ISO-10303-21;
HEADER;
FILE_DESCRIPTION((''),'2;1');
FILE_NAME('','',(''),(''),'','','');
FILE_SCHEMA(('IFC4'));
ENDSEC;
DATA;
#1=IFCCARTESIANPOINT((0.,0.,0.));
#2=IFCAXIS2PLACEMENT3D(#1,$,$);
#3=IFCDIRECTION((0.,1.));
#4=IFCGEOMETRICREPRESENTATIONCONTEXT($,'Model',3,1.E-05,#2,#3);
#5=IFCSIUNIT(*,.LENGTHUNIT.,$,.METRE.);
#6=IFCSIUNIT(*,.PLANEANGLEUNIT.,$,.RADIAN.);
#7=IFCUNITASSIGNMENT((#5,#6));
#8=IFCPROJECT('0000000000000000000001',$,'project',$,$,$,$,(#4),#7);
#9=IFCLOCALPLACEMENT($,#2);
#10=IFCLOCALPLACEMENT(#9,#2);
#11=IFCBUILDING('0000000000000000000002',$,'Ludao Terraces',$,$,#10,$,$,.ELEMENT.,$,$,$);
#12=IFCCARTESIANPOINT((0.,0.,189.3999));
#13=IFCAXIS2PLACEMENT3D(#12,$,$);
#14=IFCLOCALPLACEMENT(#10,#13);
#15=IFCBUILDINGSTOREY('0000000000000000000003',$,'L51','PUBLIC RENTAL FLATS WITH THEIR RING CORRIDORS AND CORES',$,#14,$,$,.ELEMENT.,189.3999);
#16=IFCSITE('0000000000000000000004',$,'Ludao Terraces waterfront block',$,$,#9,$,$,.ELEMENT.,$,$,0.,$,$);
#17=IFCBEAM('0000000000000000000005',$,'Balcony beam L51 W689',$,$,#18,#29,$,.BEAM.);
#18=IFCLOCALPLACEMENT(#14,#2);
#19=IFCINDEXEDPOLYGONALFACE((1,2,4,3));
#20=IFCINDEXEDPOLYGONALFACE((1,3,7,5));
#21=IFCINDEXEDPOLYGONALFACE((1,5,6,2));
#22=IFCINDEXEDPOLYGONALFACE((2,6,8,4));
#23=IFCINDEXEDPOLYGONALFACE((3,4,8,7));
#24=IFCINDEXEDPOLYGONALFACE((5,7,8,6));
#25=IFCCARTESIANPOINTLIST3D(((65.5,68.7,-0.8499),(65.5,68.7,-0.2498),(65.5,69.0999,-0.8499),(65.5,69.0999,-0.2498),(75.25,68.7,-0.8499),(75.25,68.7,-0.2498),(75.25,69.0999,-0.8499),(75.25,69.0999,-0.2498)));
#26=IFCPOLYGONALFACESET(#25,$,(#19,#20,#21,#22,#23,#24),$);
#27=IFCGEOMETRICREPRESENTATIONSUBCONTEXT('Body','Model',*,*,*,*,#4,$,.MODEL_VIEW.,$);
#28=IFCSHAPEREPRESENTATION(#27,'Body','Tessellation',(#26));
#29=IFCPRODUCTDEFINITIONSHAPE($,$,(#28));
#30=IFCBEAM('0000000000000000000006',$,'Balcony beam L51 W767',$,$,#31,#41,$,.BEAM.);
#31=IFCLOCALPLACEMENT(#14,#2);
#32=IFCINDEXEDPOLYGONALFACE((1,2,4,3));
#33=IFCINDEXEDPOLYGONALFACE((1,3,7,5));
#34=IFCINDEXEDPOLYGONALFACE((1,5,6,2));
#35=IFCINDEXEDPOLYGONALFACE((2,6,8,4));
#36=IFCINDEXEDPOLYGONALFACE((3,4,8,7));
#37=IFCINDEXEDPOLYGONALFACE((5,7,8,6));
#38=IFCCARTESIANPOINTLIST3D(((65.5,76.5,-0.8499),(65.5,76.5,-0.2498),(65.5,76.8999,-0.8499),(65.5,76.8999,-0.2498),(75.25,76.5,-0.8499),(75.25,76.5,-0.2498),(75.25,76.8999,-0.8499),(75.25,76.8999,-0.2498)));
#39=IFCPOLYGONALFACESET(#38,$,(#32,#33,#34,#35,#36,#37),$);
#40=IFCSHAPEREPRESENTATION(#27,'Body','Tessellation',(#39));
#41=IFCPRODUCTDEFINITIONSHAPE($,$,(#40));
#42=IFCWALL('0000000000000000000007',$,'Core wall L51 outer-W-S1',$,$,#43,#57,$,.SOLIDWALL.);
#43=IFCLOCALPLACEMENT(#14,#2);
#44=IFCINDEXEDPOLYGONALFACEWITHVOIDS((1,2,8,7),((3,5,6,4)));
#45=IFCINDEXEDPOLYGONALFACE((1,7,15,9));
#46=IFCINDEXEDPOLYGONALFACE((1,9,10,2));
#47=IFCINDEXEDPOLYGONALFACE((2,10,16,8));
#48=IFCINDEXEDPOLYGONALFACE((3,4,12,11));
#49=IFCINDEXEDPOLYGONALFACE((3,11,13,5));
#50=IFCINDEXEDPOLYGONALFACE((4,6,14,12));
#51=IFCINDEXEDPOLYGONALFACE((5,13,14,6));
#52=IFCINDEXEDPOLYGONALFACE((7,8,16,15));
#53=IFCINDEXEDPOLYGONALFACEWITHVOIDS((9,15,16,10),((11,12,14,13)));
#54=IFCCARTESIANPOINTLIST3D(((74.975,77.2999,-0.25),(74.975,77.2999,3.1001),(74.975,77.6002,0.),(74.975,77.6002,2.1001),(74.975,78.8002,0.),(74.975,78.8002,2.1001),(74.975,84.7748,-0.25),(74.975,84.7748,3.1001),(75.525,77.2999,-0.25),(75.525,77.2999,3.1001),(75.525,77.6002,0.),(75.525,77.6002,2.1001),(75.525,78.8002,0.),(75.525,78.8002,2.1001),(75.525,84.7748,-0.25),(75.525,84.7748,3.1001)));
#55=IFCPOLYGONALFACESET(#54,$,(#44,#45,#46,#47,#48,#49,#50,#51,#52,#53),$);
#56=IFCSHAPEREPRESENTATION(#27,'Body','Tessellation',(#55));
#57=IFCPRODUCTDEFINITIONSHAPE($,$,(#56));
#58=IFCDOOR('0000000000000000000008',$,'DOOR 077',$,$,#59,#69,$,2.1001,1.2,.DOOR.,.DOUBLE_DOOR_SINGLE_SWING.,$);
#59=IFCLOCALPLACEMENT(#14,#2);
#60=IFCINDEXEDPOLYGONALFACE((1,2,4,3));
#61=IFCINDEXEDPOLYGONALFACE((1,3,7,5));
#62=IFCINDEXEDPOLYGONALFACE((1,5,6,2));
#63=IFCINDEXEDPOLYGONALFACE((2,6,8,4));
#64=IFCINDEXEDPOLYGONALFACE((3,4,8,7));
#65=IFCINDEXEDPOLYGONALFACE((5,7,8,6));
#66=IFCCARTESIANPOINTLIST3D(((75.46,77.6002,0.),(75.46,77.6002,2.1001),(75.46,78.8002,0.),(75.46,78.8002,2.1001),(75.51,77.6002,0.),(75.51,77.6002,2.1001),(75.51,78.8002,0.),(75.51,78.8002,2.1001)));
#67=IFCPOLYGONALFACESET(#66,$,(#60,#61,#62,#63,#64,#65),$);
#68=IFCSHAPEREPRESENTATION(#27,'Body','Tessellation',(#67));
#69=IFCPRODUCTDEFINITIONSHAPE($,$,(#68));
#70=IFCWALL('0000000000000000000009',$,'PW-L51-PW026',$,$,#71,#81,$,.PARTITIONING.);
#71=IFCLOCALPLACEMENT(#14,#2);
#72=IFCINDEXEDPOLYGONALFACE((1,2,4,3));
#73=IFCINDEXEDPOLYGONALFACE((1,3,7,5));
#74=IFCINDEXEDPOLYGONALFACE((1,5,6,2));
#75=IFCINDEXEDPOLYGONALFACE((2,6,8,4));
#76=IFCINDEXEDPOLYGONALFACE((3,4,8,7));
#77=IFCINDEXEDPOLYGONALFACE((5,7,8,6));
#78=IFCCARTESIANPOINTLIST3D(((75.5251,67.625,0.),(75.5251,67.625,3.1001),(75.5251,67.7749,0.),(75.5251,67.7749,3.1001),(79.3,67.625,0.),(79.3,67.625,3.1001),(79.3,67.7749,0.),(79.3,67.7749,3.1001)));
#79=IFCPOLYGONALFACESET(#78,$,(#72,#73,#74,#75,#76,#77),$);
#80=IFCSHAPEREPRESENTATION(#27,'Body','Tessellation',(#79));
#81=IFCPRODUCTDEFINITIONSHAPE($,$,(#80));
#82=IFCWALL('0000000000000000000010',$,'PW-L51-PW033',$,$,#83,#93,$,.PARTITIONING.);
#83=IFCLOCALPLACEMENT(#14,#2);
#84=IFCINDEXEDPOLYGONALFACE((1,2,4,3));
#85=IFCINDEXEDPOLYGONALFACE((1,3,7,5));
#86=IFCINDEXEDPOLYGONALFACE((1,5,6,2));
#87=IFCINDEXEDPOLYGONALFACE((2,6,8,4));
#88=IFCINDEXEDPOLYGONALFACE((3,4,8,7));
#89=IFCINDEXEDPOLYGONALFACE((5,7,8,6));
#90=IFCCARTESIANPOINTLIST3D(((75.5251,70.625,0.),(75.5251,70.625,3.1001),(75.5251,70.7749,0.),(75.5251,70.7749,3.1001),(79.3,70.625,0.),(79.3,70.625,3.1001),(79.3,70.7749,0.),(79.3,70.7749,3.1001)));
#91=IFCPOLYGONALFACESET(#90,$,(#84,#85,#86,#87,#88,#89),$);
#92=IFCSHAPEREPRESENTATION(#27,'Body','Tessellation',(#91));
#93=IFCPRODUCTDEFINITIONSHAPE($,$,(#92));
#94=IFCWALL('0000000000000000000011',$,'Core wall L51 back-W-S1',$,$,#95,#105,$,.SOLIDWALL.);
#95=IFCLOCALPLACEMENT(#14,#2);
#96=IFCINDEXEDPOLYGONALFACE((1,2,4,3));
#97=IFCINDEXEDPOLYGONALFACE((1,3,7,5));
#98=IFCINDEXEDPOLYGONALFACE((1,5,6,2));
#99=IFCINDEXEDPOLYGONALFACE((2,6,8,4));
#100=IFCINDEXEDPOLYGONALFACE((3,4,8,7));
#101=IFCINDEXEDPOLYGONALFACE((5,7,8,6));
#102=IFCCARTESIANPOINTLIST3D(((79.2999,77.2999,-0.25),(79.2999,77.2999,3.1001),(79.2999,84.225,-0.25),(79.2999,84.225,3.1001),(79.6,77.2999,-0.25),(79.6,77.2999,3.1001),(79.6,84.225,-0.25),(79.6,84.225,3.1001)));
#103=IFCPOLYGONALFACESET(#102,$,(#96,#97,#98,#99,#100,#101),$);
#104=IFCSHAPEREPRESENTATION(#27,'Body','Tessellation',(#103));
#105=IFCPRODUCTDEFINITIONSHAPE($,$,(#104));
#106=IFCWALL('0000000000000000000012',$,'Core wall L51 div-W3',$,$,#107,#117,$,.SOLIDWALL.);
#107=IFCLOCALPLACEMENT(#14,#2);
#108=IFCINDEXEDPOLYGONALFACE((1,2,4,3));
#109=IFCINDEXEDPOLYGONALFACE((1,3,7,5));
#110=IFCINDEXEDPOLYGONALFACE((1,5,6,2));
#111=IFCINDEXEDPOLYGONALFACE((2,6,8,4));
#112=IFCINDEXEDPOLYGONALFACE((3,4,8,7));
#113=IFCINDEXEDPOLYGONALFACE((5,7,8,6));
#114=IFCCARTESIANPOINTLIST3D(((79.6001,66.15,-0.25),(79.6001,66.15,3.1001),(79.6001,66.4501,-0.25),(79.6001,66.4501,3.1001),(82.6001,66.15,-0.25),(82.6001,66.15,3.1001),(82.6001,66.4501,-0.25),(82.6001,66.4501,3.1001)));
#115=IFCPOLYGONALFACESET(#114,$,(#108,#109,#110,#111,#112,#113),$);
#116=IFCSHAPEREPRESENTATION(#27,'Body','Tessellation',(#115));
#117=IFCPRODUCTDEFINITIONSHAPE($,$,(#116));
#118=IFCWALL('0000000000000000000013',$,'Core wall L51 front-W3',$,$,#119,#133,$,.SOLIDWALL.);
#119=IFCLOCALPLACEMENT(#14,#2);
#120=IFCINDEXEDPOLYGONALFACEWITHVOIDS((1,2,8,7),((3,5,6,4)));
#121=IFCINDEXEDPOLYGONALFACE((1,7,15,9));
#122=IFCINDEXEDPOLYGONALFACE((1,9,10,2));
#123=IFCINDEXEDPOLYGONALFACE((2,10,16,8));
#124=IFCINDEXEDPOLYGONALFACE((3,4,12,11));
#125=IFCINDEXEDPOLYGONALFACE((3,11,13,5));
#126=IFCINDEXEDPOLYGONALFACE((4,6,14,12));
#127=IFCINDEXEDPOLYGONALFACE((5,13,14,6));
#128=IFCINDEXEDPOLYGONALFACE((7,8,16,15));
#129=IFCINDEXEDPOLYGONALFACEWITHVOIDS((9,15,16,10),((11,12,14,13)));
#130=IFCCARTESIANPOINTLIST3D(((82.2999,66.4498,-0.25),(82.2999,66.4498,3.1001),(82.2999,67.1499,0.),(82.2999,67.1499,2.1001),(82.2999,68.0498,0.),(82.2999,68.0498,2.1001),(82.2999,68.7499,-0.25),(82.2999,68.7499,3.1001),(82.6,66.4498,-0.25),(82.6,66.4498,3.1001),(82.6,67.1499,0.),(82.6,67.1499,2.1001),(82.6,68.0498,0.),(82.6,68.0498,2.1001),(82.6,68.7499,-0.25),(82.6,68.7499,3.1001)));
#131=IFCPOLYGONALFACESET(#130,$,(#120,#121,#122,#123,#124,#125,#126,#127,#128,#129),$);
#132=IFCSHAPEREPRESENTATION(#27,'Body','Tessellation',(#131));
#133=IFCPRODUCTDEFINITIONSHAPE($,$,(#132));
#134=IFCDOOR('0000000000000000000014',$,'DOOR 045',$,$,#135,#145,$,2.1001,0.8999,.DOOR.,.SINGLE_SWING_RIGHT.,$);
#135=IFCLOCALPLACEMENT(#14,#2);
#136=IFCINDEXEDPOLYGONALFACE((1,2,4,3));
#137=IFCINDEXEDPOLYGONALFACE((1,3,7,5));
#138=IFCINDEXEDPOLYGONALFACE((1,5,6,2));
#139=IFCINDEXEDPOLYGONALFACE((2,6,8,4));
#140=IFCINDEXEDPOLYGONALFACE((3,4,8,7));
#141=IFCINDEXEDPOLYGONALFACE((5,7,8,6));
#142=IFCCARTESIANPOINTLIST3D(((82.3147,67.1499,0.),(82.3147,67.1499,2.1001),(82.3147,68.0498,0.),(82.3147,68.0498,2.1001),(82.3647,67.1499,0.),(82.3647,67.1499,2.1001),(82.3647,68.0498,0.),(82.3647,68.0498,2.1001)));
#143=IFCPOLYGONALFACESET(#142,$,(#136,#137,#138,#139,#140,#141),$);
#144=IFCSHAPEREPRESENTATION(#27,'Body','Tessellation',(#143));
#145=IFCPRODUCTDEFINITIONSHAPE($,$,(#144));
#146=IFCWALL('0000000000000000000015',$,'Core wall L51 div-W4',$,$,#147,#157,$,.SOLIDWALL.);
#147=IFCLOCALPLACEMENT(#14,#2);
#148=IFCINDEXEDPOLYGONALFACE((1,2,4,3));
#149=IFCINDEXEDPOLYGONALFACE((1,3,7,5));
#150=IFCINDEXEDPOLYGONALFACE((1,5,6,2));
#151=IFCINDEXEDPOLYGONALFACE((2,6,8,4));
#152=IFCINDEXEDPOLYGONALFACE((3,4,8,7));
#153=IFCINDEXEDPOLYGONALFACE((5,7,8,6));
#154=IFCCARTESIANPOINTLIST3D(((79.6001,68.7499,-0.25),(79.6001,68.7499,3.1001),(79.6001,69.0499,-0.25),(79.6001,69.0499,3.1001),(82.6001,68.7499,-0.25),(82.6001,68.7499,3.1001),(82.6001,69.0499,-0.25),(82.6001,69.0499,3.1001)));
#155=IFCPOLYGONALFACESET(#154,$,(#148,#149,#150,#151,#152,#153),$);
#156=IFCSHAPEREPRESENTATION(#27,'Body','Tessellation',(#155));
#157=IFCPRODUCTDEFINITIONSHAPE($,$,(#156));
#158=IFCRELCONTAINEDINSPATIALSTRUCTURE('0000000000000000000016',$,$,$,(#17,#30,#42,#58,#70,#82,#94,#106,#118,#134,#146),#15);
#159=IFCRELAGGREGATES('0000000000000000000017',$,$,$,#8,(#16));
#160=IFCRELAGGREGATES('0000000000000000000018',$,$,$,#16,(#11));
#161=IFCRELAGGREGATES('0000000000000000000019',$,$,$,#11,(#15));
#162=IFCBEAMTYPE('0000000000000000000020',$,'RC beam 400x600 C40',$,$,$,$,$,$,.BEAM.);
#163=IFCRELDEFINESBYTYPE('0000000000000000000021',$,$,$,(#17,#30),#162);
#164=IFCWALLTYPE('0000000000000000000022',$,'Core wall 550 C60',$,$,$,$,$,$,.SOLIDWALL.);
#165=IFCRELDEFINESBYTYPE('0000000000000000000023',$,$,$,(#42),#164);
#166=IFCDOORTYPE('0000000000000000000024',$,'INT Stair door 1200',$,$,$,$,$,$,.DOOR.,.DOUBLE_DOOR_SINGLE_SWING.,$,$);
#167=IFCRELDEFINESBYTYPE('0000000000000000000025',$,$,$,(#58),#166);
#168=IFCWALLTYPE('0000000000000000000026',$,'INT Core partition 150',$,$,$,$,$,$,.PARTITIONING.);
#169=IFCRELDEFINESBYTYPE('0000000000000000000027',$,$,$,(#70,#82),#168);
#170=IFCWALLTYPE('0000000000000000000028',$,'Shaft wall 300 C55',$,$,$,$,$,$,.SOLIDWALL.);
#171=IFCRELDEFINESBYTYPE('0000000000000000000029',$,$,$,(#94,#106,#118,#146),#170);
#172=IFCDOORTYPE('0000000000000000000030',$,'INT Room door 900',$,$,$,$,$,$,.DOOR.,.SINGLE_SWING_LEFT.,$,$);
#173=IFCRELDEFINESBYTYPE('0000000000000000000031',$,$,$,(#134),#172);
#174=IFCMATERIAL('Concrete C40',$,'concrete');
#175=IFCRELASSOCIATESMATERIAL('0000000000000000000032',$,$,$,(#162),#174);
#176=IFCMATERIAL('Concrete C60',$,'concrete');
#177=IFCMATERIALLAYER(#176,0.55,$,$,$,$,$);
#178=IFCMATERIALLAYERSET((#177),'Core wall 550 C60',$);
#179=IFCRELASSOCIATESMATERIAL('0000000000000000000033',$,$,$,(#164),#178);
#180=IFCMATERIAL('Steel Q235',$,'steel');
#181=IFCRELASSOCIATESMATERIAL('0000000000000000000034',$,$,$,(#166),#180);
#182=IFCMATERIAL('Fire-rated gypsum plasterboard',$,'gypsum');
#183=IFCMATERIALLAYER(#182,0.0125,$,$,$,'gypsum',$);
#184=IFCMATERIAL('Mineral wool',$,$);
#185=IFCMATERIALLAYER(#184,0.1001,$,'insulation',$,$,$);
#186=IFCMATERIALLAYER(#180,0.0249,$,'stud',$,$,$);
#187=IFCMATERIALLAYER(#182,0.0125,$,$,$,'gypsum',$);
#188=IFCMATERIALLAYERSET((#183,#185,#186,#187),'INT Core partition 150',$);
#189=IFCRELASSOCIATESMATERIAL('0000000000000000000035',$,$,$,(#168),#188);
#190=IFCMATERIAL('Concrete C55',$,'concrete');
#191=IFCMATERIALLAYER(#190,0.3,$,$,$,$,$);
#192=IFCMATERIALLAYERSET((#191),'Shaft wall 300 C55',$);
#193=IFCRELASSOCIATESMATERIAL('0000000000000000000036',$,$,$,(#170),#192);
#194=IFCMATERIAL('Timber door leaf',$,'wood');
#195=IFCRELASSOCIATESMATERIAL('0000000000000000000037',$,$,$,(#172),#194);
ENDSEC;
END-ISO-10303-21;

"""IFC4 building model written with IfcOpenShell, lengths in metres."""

from ifc_helpers import new_model, si_unit, direction, frame, frame_2d, origin, origin_2d, place, context, subcontext, project, spatial, rectangle, extrude, material, layer, layer_set, material_profile, profile_set, type_object, element, fill, save


model = new_model("IFC4")

# Units and contexts
model_context = context("Model", 3, precision=1e-05, world=origin(), true_north=direction((0.0, 1.0)))
body_context = subcontext(model_context, "Body", "Model", "MODEL_VIEW")
ifc_project = project(units=[si_unit("LENGTHUNIT", "METRE"), si_unit("PLANEANGLEUNIT", "RADIAN")], contexts=[model_context])

# Site, building, storey
site_placement = place(None, origin())
site = spatial("IfcSite", under=ifc_project, at=site_placement, Name="Ludao Terraces waterfront block", CompositionType="ELEMENT", RefElevation=0.0)
building_placement = place(site_placement, origin())
building = spatial("IfcBuilding", under=site, at=building_placement, Name="Ludao Terraces", CompositionType="ELEMENT")
storey_placement = place(building_placement, frame((0.0, 0.0, 189.3999)))
storey = spatial("IfcBuildingStorey", under=building, at=storey_placement, Name="L51", Description="PUBLIC RENTAL FLATS WITH THEIR RING CORRIDORS AND CORES", CompositionType="ELEMENT", Elevation=189.3999)

# Beams
ifc_material_1 = material(Name="Concrete C40", Category="concrete")
ifc_material_profile = material_profile(ifc_material_1, rectangle(XDim=0.3999, YDim=0.6001, at=origin_2d()), Name="400 X 600")
ifc_profile_set = profile_set([ifc_material_profile], Name="Concrete C40")
beam_type = type_object("IfcBeamType", Name="RC beam 400x600 C40", PredefinedType="BEAM", material=ifc_profile_set)
for number, where, z_axis, x_axis, name in (
    (1, (75.25, 68.8999, -0.5498), (-1.0, 0.0, 0.0), (0.0, -1.0, 0.0), "Balcony beam L51 W689"),
    (2, (75.25, 76.7, -0.5498), (-1.0, 0.0, 0.0), (0.0, -1.0, 0.0), "Balcony beam L51 W767"),
):
    element("IfcBeam", number, at=place(storey_placement, frame(where, z_axis=z_axis, x_axis=x_axis)), inside=storey, type_object=beam_type, Name=name, PredefinedType="BEAM", context=body_context, shape_type="SweptSolid", body=[
        extrude(rectangle(XDim=0.3999, YDim=0.6001, at=origin_2d()), origin(), (0.0, 0.0, 1.0), 9.75),
    ])

# Wall, opening, door
ifc_material_2 = material(Name="Concrete C60", Category="concrete")
ifc_layer_1 = layer(ifc_material_2, 0.55)
ifc_layer_set_1 = layer_set([ifc_layer_1], Name="Core wall 550 C60")
wall_type_1 = type_object("IfcWallType", Name="Core wall 550 C60", PredefinedType="SOLIDWALL", material=ifc_layer_set_1)
wall_1_placement = place(storey_placement, frame((75.25, 77.3, -0.25), z_axis=(0.0, 0.0, 1.0), x_axis=(0.0, 1.0, 0.0)))
wall_1 = element("IfcWall", 3, at=wall_1_placement, inside=storey, type_object=wall_type_1, Name="Core wall L51 outer-W-S1", PredefinedType="SOLIDWALL", context=body_context, shape_type="SweptSolid", body=[
    extrude(rectangle(XDim=7.4749, YDim=0.55, at=frame_2d((3.7373, 0.0))), origin(), (0.0, 0.0, 1.0), 3.3501),
])
opening_1_placement = place(wall_1_placement, frame((0.3, 0.0, 0.25)))
opening_1 = element("IfcOpeningElement", 4, at=opening_1_placement, cuts=wall_1, PredefinedType="OPENING", context=body_context, shape_type="SweptSolid", body=[
    extrude(rectangle(XDim=1.2, YDim=2.1001, at=frame_2d((0.6001, 1.05))), frame((0.0, 0.2852, 0.0), z_axis=(0.0, -1.0, 0.0), x_axis=(1.0, 0.0, 0.0)), (0.0, 0.0, 1.0), 0.5701),
])
ifc_material_3 = material(Name="Steel Q235", Category="steel")
door_type_1 = type_object("IfcDoorType", Name="INT Stair door 1200", OperationType="DOUBLE_DOOR_SINGLE_SWING", PredefinedType="DOOR", material=ifc_material_3)
door_1_placement = place(opening_1_placement, origin())
door_1 = element("IfcDoor", 5, at=door_1_placement, inside=storey, type_object=door_type_1, Name="DOOR 077", OperationType="DOUBLE_DOOR_SINGLE_SWING", OverallHeight=2.1001, OverallWidth=1.2, PredefinedType="DOOR", context=body_context, shape_type="SweptSolid", body=[
    extrude(rectangle(XDim=1.2, YDim=2.1001, at=frame_2d((0.6001, 1.05))), frame((0.0, -0.21, 0.0), z_axis=(0.0, -1.0, 0.0), x_axis=(1.0, 0.0, 0.0)), (0.0, 0.0, 1.0), 0.05),
])
fill(opening_1, door_1)

# Walls
ifc_material_4 = material(Name="Fire-rated gypsum plasterboard", Category="gypsum")
ifc_layer_2 = layer(ifc_material_4, 0.0125, Category="gypsum")
ifc_material_5 = material(Name="Mineral wool")
ifc_layer_3 = layer(ifc_material_5, 0.1001, Name="insulation")
ifc_layer_4 = layer(ifc_material_3, 0.0249, Name="stud")
ifc_layer_5 = layer(ifc_material_4, 0.0125, Category="gypsum")
ifc_layer_set_2 = layer_set([ifc_layer_2, ifc_layer_3, ifc_layer_4, ifc_layer_5], Name="INT Core partition 150")
wall_type_2 = type_object("IfcWallType", Name="INT Core partition 150", PredefinedType="PARTITIONING", material=ifc_layer_set_2)
for number, where, z_axis, x_axis, name in (
    (6, (75.5251, 67.7, 0.0), (0.0, 0.0, 1.0), (1.0, 0.0, 0.0), "PW-L51-PW026"),
    (7, (75.5251, 70.7, 0.0), (0.0, 0.0, 1.0), (1.0, 0.0, 0.0), "PW-L51-PW033"),
):
    element("IfcWall", number, at=place(storey_placement, frame(where, z_axis=z_axis, x_axis=x_axis)), inside=storey, type_object=wall_type_2, Name=name, PredefinedType="PARTITIONING", context=body_context, shape_type="SweptSolid", body=[
        extrude(rectangle(XDim=3.7749, YDim=0.1499, at=frame_2d((1.8875, 0.0))), origin(), (0.0, 0.0, 1.0), 3.1001),
    ])
ifc_material_6 = material(Name="Concrete C55", Category="concrete")
ifc_layer_6 = layer(ifc_material_6, 0.3)
ifc_layer_set_3 = layer_set([ifc_layer_6], Name="Shaft wall 300 C55")
wall_type_3 = type_object("IfcWallType", Name="Shaft wall 300 C55", PredefinedType="SOLIDWALL", material=ifc_layer_set_3)
wall_2_placement = place(storey_placement, frame((79.45, 77.3, -0.25), z_axis=(0.0, 0.0, 1.0), x_axis=(0.0, 1.0, 0.0)))
element("IfcWall", 8, at=wall_2_placement, inside=storey, type_object=wall_type_3, Name="Core wall L51 back-W-S1", PredefinedType="SOLIDWALL", context=body_context, shape_type="SweptSolid", body=[
    extrude(rectangle(XDim=6.925, YDim=0.3, at=frame_2d((3.4624, 0.0))), origin(), (0.0, 0.0, 1.0), 3.3501),
])
wall_3_placement = place(storey_placement, frame((79.6001, 66.3, -0.25), z_axis=(0.0, 0.0, 1.0), x_axis=(1.0, 0.0, 0.0)))
element("IfcWall", 9, at=wall_3_placement, inside=storey, type_object=wall_type_3, Name="Core wall L51 div-W3", PredefinedType="SOLIDWALL", context=body_context, shape_type="SweptSolid", body=[
    extrude(rectangle(XDim=3.0, YDim=0.3, at=frame_2d((1.5, 0.0))), origin(), (0.0, 0.0, 1.0), 3.3501),
])

# Wall, opening, door
wall_4_placement = place(storey_placement, frame((82.45, 66.45, -0.25), z_axis=(0.0, 0.0, 1.0), x_axis=(0.0, 1.0, 0.0)))
wall_4 = element("IfcWall", 10, at=wall_4_placement, inside=storey, type_object=wall_type_3, Name="Core wall L51 front-W3", PredefinedType="SOLIDWALL", context=body_context, shape_type="SweptSolid", body=[
    extrude(rectangle(XDim=2.3, YDim=0.3, at=frame_2d((1.1499, 0.0))), origin(), (0.0, 0.0, 1.0), 3.3501),
])
opening_2_placement = place(wall_4_placement, frame((0.7, 0.0, 0.25)))
opening_2 = element("IfcOpeningElement", 11, at=opening_2_placement, cuts=wall_4, PredefinedType="OPENING", context=body_context, shape_type="SweptSolid", body=[
    extrude(rectangle(XDim=0.8999, YDim=2.1001, at=frame_2d((0.45, 1.05))), frame((0.0, 0.1602, 0.0), z_axis=(0.0, -1.0, 0.0), x_axis=(1.0, 0.0, 0.0)), (0.0, 0.0, 1.0), 0.3201),
])
ifc_material_7 = material(Name="Timber door leaf", Category="wood")
door_type_2 = type_object("IfcDoorType", Name="INT Room door 900", OperationType="SINGLE_SWING_LEFT", PredefinedType="DOOR", material=ifc_material_7)
door_2_placement = place(opening_2_placement, origin())
door_2 = element("IfcDoor", 12, at=door_2_placement, inside=storey, type_object=door_type_2, Name="DOOR 045", OperationType="SINGLE_SWING_RIGHT", OverallHeight=2.1001, OverallWidth=0.8999, PredefinedType="DOOR", context=body_context, shape_type="SweptSolid", body=[
    extrude(rectangle(XDim=0.8999, YDim=2.1001, at=frame_2d((0.45, 1.05))), frame((0.0, 0.1353, 0.0), z_axis=(0.0, -1.0, 0.0), x_axis=(1.0, 0.0, 0.0)), (0.0, 0.0, 1.0), 0.05),
])
fill(opening_2, door_2)

# Wall
wall_5_placement = place(storey_placement, frame((79.6001, 68.8999, -0.25), z_axis=(0.0, 0.0, 1.0), x_axis=(1.0, 0.0, 0.0)))
element("IfcWall", 13, at=wall_5_placement, inside=storey, type_object=wall_type_3, Name="Core wall L51 div-W4", PredefinedType="SOLIDWALL", context=body_context, shape_type="SweptSolid", body=[
    extrude(rectangle(XDim=3.0, YDim=0.3, at=frame_2d((1.5, 0.0))), origin(), (0.0, 0.0, 1.0), 3.3501),
])

save(model, "model.ifc")
